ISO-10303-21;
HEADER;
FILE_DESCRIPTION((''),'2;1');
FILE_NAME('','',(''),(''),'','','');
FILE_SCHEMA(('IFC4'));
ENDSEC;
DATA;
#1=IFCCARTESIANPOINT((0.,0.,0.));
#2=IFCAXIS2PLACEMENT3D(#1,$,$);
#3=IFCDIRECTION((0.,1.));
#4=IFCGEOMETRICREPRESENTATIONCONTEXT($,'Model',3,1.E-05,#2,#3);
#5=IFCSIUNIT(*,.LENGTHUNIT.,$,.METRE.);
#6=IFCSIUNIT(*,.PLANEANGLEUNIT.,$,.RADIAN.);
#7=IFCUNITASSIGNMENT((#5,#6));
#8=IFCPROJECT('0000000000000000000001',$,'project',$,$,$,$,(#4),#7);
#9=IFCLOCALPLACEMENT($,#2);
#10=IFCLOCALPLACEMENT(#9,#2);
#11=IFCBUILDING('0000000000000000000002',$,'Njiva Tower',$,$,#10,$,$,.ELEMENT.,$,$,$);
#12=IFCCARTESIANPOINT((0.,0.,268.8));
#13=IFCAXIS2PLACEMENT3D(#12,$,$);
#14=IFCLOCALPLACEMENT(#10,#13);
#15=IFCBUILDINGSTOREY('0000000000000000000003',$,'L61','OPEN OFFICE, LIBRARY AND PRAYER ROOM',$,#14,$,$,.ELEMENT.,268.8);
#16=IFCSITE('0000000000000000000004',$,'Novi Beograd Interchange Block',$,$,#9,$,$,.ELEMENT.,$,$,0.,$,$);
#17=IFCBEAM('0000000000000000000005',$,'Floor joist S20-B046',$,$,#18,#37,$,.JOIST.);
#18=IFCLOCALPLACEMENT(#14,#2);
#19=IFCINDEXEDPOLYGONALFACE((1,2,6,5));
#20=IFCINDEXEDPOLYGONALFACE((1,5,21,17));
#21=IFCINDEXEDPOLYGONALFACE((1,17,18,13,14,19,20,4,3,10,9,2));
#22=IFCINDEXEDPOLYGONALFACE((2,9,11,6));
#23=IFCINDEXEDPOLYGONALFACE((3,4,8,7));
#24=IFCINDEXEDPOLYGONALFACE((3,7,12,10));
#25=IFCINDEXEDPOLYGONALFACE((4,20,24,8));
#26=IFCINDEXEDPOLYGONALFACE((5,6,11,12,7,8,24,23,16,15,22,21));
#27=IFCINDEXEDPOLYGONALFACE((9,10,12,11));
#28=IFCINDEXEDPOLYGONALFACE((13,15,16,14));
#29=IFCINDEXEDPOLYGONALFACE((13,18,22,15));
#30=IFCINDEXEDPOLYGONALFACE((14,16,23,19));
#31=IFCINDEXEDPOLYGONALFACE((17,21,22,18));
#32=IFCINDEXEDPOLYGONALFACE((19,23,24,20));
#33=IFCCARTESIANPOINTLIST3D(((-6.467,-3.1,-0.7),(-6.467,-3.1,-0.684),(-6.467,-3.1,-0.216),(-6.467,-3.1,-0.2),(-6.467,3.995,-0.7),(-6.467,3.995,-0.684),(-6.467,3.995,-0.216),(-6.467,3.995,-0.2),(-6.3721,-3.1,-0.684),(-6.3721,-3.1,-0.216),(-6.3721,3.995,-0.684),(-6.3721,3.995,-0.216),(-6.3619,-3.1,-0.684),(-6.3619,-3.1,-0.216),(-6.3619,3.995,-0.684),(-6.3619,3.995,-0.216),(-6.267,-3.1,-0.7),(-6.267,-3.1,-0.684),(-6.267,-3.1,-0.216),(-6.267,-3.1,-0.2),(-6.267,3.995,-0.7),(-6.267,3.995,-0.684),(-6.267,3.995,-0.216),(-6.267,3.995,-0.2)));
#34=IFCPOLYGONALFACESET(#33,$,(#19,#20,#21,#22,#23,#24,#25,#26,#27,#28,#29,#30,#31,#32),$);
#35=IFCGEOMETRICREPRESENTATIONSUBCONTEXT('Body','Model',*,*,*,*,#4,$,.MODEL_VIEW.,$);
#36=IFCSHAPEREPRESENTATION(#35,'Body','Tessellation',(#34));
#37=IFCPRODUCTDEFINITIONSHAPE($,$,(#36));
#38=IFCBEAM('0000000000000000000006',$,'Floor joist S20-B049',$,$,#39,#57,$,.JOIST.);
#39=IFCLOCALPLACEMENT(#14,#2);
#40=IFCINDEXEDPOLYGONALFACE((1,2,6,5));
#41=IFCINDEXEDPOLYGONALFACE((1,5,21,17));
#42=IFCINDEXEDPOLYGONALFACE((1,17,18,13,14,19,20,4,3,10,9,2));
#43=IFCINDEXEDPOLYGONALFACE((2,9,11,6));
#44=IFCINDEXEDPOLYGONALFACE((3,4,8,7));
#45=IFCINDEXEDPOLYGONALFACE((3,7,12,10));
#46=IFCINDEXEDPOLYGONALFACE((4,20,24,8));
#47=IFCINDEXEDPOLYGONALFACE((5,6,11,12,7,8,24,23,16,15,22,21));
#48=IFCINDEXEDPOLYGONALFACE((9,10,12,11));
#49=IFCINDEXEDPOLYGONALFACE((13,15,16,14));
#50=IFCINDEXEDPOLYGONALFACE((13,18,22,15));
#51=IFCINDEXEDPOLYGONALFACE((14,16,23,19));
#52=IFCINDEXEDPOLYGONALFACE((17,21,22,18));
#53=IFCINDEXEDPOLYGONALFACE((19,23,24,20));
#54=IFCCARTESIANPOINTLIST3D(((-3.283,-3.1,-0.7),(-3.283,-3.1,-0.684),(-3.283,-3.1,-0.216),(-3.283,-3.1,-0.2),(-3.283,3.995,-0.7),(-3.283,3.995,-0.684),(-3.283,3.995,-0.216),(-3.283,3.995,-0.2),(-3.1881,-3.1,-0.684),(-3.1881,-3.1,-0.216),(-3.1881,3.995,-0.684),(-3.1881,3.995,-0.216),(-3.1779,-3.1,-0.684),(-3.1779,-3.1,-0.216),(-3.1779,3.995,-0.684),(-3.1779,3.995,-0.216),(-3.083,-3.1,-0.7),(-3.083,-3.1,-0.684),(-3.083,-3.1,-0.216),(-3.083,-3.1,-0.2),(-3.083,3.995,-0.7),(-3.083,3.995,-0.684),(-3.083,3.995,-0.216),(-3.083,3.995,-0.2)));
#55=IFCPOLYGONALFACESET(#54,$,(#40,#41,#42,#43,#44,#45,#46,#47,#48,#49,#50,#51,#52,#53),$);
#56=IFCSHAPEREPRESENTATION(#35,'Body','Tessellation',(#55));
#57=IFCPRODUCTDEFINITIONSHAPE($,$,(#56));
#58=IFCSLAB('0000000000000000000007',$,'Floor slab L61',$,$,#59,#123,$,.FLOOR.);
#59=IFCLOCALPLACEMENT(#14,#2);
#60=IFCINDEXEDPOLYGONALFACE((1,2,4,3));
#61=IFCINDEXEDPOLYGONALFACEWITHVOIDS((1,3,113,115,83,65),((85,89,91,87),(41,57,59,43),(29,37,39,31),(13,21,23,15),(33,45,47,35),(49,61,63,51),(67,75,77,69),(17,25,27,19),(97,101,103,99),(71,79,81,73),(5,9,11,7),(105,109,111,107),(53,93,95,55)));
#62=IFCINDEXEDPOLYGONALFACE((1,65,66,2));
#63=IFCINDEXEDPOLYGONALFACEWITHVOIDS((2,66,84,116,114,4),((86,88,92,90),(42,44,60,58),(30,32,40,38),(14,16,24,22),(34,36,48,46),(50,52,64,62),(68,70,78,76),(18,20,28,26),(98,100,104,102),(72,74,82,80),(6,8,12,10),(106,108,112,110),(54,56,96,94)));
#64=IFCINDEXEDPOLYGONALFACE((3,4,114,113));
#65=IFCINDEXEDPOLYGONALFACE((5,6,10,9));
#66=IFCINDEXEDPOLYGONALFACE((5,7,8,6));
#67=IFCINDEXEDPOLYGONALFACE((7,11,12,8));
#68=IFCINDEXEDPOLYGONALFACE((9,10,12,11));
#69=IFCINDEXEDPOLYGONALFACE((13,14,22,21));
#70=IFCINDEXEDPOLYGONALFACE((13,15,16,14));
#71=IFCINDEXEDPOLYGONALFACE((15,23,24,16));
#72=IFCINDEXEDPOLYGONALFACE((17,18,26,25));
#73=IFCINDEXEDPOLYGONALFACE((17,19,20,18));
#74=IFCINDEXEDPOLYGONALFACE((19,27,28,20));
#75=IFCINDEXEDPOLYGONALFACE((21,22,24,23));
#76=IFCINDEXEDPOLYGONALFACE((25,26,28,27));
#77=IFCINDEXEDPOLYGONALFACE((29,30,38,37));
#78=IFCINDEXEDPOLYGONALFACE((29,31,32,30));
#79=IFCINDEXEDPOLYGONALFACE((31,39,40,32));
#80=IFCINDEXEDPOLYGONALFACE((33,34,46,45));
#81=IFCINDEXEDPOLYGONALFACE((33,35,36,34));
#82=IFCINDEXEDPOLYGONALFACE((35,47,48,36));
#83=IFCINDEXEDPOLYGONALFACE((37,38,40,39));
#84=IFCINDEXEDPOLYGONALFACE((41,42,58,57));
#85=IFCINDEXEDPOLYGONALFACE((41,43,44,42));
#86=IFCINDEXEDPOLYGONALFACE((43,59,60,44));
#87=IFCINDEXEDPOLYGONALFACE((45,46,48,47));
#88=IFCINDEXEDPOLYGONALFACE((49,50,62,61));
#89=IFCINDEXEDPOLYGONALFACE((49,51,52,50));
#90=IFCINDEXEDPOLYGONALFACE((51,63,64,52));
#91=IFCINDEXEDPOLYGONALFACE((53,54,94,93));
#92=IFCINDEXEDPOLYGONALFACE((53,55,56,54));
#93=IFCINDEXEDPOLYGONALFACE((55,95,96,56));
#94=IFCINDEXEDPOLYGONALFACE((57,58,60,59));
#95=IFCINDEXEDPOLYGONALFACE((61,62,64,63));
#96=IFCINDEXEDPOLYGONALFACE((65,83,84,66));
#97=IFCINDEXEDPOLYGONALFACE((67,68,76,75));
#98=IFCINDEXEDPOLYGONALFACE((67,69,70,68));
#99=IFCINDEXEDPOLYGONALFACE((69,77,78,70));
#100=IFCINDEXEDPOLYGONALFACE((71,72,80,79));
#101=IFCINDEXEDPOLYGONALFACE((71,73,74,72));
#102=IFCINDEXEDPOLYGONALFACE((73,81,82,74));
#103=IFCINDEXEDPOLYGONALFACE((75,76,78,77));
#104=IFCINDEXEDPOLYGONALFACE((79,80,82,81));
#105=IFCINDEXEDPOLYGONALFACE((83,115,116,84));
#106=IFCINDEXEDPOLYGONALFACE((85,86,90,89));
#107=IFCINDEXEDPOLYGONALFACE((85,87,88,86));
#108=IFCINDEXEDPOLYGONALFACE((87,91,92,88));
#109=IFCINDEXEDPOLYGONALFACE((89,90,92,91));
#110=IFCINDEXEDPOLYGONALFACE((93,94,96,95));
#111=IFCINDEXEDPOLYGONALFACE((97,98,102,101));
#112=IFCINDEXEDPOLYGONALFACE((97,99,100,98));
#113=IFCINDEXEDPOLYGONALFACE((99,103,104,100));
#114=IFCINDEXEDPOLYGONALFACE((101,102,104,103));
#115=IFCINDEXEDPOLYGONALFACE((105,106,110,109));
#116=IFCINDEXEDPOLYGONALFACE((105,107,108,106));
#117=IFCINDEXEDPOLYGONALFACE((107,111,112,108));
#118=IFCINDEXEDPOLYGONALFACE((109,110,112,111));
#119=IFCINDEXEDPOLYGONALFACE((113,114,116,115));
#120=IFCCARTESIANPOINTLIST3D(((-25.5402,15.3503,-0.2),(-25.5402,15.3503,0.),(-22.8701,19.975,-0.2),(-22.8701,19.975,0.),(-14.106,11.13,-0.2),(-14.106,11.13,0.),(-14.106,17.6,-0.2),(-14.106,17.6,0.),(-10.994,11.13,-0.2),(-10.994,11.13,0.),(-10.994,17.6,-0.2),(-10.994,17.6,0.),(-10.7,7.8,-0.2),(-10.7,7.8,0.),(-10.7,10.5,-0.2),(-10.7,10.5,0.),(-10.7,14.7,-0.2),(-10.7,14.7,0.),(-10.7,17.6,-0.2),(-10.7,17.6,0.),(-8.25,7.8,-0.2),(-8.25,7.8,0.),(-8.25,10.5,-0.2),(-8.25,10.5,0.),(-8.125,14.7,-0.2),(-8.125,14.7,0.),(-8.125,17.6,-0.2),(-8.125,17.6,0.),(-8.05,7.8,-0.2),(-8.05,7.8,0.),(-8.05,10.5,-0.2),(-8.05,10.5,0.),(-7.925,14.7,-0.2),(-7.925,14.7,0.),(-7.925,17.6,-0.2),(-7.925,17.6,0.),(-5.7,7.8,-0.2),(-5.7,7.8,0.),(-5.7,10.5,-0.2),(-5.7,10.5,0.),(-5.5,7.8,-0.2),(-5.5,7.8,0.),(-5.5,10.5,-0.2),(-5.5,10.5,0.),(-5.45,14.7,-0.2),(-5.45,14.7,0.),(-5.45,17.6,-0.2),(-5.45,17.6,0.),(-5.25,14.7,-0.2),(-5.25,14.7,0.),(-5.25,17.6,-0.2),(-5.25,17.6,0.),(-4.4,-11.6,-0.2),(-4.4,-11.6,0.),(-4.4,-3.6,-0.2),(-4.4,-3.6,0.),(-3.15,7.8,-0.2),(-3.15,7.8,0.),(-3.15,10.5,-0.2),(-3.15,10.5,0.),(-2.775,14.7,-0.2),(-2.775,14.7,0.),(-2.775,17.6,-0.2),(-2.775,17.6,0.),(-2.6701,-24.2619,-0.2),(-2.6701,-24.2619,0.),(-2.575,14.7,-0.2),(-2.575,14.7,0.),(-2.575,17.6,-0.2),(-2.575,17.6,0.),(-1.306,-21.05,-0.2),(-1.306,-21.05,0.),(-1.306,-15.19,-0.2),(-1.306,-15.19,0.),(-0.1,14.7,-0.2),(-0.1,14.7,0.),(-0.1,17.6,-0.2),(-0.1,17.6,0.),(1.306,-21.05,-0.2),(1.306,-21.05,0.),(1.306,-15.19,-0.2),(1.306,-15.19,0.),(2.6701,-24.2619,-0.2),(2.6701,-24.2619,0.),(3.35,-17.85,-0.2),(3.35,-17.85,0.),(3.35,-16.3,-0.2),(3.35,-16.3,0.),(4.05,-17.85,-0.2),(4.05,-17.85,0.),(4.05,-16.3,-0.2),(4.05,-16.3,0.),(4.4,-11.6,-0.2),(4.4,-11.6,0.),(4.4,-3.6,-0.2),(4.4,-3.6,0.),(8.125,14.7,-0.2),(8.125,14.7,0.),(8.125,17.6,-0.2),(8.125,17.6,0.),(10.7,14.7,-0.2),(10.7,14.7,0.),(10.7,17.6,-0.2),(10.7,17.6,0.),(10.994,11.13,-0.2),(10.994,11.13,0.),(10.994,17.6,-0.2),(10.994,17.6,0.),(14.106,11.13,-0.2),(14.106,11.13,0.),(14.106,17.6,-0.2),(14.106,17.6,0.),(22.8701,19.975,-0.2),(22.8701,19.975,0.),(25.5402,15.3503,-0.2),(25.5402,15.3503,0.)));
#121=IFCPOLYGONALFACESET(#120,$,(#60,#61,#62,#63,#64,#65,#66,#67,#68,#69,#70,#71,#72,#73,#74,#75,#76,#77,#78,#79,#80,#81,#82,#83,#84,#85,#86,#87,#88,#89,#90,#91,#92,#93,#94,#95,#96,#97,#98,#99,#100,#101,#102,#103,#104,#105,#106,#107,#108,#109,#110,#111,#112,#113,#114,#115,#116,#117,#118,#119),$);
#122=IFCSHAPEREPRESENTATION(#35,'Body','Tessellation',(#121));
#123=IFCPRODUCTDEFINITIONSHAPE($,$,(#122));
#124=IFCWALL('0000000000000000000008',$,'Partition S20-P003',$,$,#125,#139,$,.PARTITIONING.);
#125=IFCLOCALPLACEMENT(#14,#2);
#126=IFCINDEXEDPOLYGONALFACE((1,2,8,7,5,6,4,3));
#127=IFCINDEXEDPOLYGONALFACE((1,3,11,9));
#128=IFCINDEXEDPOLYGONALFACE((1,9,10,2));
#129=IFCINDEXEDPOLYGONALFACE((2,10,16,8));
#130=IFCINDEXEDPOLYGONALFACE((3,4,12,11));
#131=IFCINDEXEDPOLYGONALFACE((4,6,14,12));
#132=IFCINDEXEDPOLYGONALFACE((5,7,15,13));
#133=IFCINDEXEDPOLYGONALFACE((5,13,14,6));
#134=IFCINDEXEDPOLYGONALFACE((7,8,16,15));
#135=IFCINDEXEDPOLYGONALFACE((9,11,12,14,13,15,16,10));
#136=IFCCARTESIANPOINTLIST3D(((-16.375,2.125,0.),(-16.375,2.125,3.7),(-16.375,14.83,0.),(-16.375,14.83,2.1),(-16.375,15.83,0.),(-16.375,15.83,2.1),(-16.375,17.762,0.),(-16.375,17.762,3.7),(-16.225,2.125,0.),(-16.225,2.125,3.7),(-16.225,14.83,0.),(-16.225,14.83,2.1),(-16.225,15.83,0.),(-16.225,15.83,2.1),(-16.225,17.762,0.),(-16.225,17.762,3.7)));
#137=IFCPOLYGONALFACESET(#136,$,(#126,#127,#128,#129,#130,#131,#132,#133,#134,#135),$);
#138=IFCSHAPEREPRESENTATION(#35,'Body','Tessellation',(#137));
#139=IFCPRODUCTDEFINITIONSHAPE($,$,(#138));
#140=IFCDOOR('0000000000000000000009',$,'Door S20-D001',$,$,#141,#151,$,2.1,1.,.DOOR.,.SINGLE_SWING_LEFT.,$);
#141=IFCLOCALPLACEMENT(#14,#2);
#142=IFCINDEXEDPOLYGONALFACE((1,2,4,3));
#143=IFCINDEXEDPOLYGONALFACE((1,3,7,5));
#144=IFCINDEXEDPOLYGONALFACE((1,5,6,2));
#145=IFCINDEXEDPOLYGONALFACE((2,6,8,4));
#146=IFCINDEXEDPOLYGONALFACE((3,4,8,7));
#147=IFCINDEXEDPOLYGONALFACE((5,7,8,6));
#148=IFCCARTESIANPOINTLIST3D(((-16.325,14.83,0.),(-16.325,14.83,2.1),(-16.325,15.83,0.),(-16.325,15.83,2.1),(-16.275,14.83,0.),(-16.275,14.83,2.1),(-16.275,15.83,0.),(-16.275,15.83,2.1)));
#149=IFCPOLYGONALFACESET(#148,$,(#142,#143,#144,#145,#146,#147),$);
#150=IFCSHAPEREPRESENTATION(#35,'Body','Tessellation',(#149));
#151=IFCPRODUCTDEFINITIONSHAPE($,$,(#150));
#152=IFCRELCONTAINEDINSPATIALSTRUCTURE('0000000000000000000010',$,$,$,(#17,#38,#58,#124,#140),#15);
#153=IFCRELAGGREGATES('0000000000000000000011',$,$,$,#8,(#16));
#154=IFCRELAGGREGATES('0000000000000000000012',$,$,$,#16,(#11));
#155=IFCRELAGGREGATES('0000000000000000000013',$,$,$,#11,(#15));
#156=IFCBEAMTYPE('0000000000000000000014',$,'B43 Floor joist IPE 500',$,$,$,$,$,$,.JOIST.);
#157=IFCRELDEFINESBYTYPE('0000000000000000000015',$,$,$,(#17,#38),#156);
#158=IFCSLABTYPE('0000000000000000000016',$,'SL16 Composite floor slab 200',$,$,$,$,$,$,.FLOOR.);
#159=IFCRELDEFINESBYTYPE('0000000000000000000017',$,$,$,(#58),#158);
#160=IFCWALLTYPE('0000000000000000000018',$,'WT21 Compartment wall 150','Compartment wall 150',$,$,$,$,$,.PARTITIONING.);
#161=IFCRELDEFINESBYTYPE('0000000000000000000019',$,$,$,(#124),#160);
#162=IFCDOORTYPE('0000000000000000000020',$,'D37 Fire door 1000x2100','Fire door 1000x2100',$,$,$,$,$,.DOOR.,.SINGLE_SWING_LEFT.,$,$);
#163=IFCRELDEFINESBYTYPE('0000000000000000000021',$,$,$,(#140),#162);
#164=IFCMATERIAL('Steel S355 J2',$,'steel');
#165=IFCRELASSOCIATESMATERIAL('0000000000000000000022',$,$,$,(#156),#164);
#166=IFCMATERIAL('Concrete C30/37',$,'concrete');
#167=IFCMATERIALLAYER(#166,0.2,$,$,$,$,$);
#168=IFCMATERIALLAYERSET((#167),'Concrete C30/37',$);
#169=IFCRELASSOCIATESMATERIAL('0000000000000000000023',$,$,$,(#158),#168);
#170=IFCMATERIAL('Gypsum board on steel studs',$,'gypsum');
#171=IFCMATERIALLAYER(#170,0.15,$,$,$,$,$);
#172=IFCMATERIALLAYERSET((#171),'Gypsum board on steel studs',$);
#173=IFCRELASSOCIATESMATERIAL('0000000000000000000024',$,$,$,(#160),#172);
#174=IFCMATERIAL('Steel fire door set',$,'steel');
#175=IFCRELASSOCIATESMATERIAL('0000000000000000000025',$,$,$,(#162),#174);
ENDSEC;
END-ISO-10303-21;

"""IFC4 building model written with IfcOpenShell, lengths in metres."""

from ifc_helpers import new_model, si_unit, direction, frame, frame_2d, origin, origin_2d, place, context, subcontext, project, spatial, polyline, rectangle, i_section, outline, extrude, material, layer, layer_set, material_profile, profile_set, type_object, element, fill, save


model = new_model("IFC4")

# Units and contexts
model_context = context("Model", 3, precision=1e-05, world=origin(), true_north=direction((0.0, 1.0)))
body_context = subcontext(model_context, "Body", "Model", "MODEL_VIEW")
ifc_project = project(units=[si_unit("LENGTHUNIT", "METRE"), si_unit("PLANEANGLEUNIT", "RADIAN")], contexts=[model_context])

# Site, building, storey
site_placement = place(None, origin())
site = spatial("IfcSite", under=ifc_project, at=site_placement, Name="Novi Beograd Interchange Block", CompositionType="ELEMENT", RefElevation=0.0)
building_placement = place(site_placement, origin())
building = spatial("IfcBuilding", under=site, at=building_placement, Name="Njiva Tower", CompositionType="ELEMENT")
storey_placement = place(building_placement, frame((0.0, 0.0, 268.8)))
storey = spatial("IfcBuildingStorey", under=building, at=storey_placement, Name="L61", Description="OPEN OFFICE, LIBRARY AND PRAYER ROOM", CompositionType="ELEMENT", Elevation=268.8)

# Shared definitions
ifc_material_1 = material(Name="Steel S355 J2", Category="steel")

# Beams
ifc_material_profile_1 = material_profile(ifc_material_1, i_section(OverallWidth=0.2, OverallDepth=0.5, WebThickness=0.0102, FlangeThickness=0.016, at=origin_2d()), Name="IPE 500")
ifc_profile_set_1 = profile_set([ifc_material_profile_1], Name="Steel S355 J2")
beam_type_1 = type_object("IfcBeamType", Name="B43 Floor joist IPE 500", PredefinedType="JOIST", material=ifc_profile_set_1)
for number, where, z_axis, x_axis, name in (
    (1, (-6.367, 3.995, -0.45), (0.0, -1.0, 0.0), (1.0, 0.0, 0.0), "Floor joist S20-B046"),
    (2, (-3.183, 3.995, -0.45), (0.0, -1.0, 0.0), (1.0, 0.0, 0.0), "Floor joist S20-B049"),
):
    element("IfcBeam", number, at=place(storey_placement, frame(where, z_axis=z_axis, x_axis=x_axis)), inside=storey, type_object=beam_type_1, Name=name, PredefinedType="JOIST", context=body_context, shape_type="SweptSolid", body=[
        extrude(i_section(OverallWidth=0.2, OverallDepth=0.5, WebThickness=0.0102, FlangeThickness=0.016, at=origin_2d()), origin(), (0.0, 0.0, 1.0), 7.095),
    ])

# Slab
ifc_material_2 = material(Name="Concrete C30/37", Category="concrete")
ifc_layer_1 = layer(ifc_material_2, 0.2)
ifc_layer_set_1 = layer_set([ifc_layer_1], Name="Concrete C30/37")
slab_type = type_object("IfcSlabType", Name="SL16 Composite floor slab 200", PredefinedType="FLOOR", material=ifc_layer_set_1)
slab_placement = place(storey_placement, frame((0.0, 0.0, -0.2)))
element("IfcSlab", 3, at=slab_placement, inside=storey, type_object=slab_type, Name="Floor slab L61", PredefinedType="FLOOR", context=body_context, shape_type="SweptSolid", body=[
    extrude(outline(polyline([(25.5402, 15.3503), (2.6701, -24.2619), (-2.6701, -24.2619), (-25.5402, 15.3503), (-22.8701, 19.975), (22.8701, 19.975), (25.5402, 15.3503)]), holes=[polyline([(10.994, 11.13), (14.106, 11.13), (14.106, 17.6), (10.994, 17.6), (10.994, 11.13)]), polyline([(8.125, 14.7), (10.7, 14.7), (10.7, 17.6), (8.125, 17.6), (8.125, 14.7)]), polyline([(4.4, -11.6), (4.4, -3.6), (-4.4, -3.6), (-4.4, -11.6), (4.4, -11.6)]), polyline([(3.35, -17.85), (4.05, -17.85), (4.05, -16.3), (3.35, -16.3), (3.35, -17.85)]), polyline([(-1.306, -21.05), (1.306, -21.05), (1.306, -15.19), (-1.306, -15.19), (-1.306, -21.05)]), polyline([(-2.575, 14.7), (-0.1, 14.7), (-0.1, 17.6), (-2.575, 17.6), (-2.575, 14.7)]), polyline([(-2.775, 14.7), (-2.775, 17.6), (-5.25, 17.6), (-5.25, 14.7), (-2.775, 14.7)]), polyline([(-5.5, 7.8), (-3.15, 7.8), (-3.15, 10.5), (-5.5, 10.5), (-5.5, 7.8)]), polyline([(-7.925, 14.7), (-5.45, 14.7), (-5.45, 17.6), (-7.925, 17.6), (-7.925, 14.7)]), polyline([(-8.05, 7.8), (-5.7, 7.8), (-5.7, 10.5), (-8.05, 10.5), (-8.05, 7.8)]), polyline([(-10.7, 14.7), (-8.125, 14.7), (-8.125, 17.6), (-10.7, 17.6), (-10.7, 14.7)]), polyline([(-8.25, 7.8), (-8.25, 10.5), (-10.7, 10.5), (-10.7, 7.8), (-8.25, 7.8)]), polyline([(-10.994, 11.13), (-10.994, 17.6), (-14.106, 17.6), (-14.106, 11.13), (-10.994, 11.13)])]), origin(), (0.0, 0.0, 1.0), 0.2),
])

# Wall, opening, door
ifc_material_3 = material(Name="Gypsum board on steel studs", Category="gypsum")
ifc_layer_2 = layer(ifc_material_3, 0.15)
ifc_layer_set_2 = layer_set([ifc_layer_2], Name="Gypsum board on steel studs")
wall_type_1 = type_object("IfcWallType", Name="WT21 Compartment wall 150", Description="Compartment wall 150", PredefinedType="PARTITIONING", material=ifc_layer_set_2)
wall_1_placement = place(storey_placement, frame((-16.3, 2.125, 0.0), z_axis=(0.0, 0.0, 1.0), x_axis=(0.0, 1.0, 0.0)))
wall_1 = element("IfcWall", 4, at=wall_1_placement, inside=storey, type_object=wall_type_1, Name="Partition S20-P003", PredefinedType="PARTITIONING", context=body_context, shape_type="SweptSolid", body=[
    extrude(rectangle(XDim=15.637, YDim=0.15, at=frame_2d((7.8185, 0.0))), origin(), (0.0, 0.0, 1.0), 3.7),
])
opening_1_placement = place(wall_1_placement, frame((12.705, 0.0, 0.0)))
opening_1 = element("IfcOpeningElement", 5, at=opening_1_placement, cuts=wall_1, PredefinedType="OPENING", context=body_context, shape_type="SweptSolid", body=[
    extrude(rectangle(XDim=1.0, YDim=2.1, at=frame_2d((0.5, 1.05))), frame((0.0, 0.085, 0.0), z_axis=(0.0, -1.0, 0.0), x_axis=(1.0, 0.0, 0.0)), (0.0, 0.0, 1.0), 0.17),
])
ifc_material_4 = material(Name="Steel fire door set", Category="steel")
door_type = type_object("IfcDoorType", Name="D37 Fire door 1000x2100", Description="Fire door 1000x2100", OperationType="SINGLE_SWING_LEFT", PredefinedType="DOOR", material=ifc_material_4)
door_1_placement = place(opening_1_placement, origin())
door_1 = element("IfcDoor", 6, at=door_1_placement, inside=storey, type_object=door_type, Name="Door S20-D001", OperationType="SINGLE_SWING_LEFT", OverallHeight=2.1, OverallWidth=1.0, PredefinedType="DOOR", context=body_context, shape_type="SweptSolid", body=[
    extrude(rectangle(XDim=1.0, YDim=2.1, at=frame_2d((0.5, 1.05))), frame((0.0, 0.025, 0.0), z_axis=(0.0, -1.0, 0.0), x_axis=(1.0, 0.0, 0.0)), (0.0, 0.0, 1.0), 0.05),
])
fill(opening_1, door_1)

save(model, "model.ifc")
